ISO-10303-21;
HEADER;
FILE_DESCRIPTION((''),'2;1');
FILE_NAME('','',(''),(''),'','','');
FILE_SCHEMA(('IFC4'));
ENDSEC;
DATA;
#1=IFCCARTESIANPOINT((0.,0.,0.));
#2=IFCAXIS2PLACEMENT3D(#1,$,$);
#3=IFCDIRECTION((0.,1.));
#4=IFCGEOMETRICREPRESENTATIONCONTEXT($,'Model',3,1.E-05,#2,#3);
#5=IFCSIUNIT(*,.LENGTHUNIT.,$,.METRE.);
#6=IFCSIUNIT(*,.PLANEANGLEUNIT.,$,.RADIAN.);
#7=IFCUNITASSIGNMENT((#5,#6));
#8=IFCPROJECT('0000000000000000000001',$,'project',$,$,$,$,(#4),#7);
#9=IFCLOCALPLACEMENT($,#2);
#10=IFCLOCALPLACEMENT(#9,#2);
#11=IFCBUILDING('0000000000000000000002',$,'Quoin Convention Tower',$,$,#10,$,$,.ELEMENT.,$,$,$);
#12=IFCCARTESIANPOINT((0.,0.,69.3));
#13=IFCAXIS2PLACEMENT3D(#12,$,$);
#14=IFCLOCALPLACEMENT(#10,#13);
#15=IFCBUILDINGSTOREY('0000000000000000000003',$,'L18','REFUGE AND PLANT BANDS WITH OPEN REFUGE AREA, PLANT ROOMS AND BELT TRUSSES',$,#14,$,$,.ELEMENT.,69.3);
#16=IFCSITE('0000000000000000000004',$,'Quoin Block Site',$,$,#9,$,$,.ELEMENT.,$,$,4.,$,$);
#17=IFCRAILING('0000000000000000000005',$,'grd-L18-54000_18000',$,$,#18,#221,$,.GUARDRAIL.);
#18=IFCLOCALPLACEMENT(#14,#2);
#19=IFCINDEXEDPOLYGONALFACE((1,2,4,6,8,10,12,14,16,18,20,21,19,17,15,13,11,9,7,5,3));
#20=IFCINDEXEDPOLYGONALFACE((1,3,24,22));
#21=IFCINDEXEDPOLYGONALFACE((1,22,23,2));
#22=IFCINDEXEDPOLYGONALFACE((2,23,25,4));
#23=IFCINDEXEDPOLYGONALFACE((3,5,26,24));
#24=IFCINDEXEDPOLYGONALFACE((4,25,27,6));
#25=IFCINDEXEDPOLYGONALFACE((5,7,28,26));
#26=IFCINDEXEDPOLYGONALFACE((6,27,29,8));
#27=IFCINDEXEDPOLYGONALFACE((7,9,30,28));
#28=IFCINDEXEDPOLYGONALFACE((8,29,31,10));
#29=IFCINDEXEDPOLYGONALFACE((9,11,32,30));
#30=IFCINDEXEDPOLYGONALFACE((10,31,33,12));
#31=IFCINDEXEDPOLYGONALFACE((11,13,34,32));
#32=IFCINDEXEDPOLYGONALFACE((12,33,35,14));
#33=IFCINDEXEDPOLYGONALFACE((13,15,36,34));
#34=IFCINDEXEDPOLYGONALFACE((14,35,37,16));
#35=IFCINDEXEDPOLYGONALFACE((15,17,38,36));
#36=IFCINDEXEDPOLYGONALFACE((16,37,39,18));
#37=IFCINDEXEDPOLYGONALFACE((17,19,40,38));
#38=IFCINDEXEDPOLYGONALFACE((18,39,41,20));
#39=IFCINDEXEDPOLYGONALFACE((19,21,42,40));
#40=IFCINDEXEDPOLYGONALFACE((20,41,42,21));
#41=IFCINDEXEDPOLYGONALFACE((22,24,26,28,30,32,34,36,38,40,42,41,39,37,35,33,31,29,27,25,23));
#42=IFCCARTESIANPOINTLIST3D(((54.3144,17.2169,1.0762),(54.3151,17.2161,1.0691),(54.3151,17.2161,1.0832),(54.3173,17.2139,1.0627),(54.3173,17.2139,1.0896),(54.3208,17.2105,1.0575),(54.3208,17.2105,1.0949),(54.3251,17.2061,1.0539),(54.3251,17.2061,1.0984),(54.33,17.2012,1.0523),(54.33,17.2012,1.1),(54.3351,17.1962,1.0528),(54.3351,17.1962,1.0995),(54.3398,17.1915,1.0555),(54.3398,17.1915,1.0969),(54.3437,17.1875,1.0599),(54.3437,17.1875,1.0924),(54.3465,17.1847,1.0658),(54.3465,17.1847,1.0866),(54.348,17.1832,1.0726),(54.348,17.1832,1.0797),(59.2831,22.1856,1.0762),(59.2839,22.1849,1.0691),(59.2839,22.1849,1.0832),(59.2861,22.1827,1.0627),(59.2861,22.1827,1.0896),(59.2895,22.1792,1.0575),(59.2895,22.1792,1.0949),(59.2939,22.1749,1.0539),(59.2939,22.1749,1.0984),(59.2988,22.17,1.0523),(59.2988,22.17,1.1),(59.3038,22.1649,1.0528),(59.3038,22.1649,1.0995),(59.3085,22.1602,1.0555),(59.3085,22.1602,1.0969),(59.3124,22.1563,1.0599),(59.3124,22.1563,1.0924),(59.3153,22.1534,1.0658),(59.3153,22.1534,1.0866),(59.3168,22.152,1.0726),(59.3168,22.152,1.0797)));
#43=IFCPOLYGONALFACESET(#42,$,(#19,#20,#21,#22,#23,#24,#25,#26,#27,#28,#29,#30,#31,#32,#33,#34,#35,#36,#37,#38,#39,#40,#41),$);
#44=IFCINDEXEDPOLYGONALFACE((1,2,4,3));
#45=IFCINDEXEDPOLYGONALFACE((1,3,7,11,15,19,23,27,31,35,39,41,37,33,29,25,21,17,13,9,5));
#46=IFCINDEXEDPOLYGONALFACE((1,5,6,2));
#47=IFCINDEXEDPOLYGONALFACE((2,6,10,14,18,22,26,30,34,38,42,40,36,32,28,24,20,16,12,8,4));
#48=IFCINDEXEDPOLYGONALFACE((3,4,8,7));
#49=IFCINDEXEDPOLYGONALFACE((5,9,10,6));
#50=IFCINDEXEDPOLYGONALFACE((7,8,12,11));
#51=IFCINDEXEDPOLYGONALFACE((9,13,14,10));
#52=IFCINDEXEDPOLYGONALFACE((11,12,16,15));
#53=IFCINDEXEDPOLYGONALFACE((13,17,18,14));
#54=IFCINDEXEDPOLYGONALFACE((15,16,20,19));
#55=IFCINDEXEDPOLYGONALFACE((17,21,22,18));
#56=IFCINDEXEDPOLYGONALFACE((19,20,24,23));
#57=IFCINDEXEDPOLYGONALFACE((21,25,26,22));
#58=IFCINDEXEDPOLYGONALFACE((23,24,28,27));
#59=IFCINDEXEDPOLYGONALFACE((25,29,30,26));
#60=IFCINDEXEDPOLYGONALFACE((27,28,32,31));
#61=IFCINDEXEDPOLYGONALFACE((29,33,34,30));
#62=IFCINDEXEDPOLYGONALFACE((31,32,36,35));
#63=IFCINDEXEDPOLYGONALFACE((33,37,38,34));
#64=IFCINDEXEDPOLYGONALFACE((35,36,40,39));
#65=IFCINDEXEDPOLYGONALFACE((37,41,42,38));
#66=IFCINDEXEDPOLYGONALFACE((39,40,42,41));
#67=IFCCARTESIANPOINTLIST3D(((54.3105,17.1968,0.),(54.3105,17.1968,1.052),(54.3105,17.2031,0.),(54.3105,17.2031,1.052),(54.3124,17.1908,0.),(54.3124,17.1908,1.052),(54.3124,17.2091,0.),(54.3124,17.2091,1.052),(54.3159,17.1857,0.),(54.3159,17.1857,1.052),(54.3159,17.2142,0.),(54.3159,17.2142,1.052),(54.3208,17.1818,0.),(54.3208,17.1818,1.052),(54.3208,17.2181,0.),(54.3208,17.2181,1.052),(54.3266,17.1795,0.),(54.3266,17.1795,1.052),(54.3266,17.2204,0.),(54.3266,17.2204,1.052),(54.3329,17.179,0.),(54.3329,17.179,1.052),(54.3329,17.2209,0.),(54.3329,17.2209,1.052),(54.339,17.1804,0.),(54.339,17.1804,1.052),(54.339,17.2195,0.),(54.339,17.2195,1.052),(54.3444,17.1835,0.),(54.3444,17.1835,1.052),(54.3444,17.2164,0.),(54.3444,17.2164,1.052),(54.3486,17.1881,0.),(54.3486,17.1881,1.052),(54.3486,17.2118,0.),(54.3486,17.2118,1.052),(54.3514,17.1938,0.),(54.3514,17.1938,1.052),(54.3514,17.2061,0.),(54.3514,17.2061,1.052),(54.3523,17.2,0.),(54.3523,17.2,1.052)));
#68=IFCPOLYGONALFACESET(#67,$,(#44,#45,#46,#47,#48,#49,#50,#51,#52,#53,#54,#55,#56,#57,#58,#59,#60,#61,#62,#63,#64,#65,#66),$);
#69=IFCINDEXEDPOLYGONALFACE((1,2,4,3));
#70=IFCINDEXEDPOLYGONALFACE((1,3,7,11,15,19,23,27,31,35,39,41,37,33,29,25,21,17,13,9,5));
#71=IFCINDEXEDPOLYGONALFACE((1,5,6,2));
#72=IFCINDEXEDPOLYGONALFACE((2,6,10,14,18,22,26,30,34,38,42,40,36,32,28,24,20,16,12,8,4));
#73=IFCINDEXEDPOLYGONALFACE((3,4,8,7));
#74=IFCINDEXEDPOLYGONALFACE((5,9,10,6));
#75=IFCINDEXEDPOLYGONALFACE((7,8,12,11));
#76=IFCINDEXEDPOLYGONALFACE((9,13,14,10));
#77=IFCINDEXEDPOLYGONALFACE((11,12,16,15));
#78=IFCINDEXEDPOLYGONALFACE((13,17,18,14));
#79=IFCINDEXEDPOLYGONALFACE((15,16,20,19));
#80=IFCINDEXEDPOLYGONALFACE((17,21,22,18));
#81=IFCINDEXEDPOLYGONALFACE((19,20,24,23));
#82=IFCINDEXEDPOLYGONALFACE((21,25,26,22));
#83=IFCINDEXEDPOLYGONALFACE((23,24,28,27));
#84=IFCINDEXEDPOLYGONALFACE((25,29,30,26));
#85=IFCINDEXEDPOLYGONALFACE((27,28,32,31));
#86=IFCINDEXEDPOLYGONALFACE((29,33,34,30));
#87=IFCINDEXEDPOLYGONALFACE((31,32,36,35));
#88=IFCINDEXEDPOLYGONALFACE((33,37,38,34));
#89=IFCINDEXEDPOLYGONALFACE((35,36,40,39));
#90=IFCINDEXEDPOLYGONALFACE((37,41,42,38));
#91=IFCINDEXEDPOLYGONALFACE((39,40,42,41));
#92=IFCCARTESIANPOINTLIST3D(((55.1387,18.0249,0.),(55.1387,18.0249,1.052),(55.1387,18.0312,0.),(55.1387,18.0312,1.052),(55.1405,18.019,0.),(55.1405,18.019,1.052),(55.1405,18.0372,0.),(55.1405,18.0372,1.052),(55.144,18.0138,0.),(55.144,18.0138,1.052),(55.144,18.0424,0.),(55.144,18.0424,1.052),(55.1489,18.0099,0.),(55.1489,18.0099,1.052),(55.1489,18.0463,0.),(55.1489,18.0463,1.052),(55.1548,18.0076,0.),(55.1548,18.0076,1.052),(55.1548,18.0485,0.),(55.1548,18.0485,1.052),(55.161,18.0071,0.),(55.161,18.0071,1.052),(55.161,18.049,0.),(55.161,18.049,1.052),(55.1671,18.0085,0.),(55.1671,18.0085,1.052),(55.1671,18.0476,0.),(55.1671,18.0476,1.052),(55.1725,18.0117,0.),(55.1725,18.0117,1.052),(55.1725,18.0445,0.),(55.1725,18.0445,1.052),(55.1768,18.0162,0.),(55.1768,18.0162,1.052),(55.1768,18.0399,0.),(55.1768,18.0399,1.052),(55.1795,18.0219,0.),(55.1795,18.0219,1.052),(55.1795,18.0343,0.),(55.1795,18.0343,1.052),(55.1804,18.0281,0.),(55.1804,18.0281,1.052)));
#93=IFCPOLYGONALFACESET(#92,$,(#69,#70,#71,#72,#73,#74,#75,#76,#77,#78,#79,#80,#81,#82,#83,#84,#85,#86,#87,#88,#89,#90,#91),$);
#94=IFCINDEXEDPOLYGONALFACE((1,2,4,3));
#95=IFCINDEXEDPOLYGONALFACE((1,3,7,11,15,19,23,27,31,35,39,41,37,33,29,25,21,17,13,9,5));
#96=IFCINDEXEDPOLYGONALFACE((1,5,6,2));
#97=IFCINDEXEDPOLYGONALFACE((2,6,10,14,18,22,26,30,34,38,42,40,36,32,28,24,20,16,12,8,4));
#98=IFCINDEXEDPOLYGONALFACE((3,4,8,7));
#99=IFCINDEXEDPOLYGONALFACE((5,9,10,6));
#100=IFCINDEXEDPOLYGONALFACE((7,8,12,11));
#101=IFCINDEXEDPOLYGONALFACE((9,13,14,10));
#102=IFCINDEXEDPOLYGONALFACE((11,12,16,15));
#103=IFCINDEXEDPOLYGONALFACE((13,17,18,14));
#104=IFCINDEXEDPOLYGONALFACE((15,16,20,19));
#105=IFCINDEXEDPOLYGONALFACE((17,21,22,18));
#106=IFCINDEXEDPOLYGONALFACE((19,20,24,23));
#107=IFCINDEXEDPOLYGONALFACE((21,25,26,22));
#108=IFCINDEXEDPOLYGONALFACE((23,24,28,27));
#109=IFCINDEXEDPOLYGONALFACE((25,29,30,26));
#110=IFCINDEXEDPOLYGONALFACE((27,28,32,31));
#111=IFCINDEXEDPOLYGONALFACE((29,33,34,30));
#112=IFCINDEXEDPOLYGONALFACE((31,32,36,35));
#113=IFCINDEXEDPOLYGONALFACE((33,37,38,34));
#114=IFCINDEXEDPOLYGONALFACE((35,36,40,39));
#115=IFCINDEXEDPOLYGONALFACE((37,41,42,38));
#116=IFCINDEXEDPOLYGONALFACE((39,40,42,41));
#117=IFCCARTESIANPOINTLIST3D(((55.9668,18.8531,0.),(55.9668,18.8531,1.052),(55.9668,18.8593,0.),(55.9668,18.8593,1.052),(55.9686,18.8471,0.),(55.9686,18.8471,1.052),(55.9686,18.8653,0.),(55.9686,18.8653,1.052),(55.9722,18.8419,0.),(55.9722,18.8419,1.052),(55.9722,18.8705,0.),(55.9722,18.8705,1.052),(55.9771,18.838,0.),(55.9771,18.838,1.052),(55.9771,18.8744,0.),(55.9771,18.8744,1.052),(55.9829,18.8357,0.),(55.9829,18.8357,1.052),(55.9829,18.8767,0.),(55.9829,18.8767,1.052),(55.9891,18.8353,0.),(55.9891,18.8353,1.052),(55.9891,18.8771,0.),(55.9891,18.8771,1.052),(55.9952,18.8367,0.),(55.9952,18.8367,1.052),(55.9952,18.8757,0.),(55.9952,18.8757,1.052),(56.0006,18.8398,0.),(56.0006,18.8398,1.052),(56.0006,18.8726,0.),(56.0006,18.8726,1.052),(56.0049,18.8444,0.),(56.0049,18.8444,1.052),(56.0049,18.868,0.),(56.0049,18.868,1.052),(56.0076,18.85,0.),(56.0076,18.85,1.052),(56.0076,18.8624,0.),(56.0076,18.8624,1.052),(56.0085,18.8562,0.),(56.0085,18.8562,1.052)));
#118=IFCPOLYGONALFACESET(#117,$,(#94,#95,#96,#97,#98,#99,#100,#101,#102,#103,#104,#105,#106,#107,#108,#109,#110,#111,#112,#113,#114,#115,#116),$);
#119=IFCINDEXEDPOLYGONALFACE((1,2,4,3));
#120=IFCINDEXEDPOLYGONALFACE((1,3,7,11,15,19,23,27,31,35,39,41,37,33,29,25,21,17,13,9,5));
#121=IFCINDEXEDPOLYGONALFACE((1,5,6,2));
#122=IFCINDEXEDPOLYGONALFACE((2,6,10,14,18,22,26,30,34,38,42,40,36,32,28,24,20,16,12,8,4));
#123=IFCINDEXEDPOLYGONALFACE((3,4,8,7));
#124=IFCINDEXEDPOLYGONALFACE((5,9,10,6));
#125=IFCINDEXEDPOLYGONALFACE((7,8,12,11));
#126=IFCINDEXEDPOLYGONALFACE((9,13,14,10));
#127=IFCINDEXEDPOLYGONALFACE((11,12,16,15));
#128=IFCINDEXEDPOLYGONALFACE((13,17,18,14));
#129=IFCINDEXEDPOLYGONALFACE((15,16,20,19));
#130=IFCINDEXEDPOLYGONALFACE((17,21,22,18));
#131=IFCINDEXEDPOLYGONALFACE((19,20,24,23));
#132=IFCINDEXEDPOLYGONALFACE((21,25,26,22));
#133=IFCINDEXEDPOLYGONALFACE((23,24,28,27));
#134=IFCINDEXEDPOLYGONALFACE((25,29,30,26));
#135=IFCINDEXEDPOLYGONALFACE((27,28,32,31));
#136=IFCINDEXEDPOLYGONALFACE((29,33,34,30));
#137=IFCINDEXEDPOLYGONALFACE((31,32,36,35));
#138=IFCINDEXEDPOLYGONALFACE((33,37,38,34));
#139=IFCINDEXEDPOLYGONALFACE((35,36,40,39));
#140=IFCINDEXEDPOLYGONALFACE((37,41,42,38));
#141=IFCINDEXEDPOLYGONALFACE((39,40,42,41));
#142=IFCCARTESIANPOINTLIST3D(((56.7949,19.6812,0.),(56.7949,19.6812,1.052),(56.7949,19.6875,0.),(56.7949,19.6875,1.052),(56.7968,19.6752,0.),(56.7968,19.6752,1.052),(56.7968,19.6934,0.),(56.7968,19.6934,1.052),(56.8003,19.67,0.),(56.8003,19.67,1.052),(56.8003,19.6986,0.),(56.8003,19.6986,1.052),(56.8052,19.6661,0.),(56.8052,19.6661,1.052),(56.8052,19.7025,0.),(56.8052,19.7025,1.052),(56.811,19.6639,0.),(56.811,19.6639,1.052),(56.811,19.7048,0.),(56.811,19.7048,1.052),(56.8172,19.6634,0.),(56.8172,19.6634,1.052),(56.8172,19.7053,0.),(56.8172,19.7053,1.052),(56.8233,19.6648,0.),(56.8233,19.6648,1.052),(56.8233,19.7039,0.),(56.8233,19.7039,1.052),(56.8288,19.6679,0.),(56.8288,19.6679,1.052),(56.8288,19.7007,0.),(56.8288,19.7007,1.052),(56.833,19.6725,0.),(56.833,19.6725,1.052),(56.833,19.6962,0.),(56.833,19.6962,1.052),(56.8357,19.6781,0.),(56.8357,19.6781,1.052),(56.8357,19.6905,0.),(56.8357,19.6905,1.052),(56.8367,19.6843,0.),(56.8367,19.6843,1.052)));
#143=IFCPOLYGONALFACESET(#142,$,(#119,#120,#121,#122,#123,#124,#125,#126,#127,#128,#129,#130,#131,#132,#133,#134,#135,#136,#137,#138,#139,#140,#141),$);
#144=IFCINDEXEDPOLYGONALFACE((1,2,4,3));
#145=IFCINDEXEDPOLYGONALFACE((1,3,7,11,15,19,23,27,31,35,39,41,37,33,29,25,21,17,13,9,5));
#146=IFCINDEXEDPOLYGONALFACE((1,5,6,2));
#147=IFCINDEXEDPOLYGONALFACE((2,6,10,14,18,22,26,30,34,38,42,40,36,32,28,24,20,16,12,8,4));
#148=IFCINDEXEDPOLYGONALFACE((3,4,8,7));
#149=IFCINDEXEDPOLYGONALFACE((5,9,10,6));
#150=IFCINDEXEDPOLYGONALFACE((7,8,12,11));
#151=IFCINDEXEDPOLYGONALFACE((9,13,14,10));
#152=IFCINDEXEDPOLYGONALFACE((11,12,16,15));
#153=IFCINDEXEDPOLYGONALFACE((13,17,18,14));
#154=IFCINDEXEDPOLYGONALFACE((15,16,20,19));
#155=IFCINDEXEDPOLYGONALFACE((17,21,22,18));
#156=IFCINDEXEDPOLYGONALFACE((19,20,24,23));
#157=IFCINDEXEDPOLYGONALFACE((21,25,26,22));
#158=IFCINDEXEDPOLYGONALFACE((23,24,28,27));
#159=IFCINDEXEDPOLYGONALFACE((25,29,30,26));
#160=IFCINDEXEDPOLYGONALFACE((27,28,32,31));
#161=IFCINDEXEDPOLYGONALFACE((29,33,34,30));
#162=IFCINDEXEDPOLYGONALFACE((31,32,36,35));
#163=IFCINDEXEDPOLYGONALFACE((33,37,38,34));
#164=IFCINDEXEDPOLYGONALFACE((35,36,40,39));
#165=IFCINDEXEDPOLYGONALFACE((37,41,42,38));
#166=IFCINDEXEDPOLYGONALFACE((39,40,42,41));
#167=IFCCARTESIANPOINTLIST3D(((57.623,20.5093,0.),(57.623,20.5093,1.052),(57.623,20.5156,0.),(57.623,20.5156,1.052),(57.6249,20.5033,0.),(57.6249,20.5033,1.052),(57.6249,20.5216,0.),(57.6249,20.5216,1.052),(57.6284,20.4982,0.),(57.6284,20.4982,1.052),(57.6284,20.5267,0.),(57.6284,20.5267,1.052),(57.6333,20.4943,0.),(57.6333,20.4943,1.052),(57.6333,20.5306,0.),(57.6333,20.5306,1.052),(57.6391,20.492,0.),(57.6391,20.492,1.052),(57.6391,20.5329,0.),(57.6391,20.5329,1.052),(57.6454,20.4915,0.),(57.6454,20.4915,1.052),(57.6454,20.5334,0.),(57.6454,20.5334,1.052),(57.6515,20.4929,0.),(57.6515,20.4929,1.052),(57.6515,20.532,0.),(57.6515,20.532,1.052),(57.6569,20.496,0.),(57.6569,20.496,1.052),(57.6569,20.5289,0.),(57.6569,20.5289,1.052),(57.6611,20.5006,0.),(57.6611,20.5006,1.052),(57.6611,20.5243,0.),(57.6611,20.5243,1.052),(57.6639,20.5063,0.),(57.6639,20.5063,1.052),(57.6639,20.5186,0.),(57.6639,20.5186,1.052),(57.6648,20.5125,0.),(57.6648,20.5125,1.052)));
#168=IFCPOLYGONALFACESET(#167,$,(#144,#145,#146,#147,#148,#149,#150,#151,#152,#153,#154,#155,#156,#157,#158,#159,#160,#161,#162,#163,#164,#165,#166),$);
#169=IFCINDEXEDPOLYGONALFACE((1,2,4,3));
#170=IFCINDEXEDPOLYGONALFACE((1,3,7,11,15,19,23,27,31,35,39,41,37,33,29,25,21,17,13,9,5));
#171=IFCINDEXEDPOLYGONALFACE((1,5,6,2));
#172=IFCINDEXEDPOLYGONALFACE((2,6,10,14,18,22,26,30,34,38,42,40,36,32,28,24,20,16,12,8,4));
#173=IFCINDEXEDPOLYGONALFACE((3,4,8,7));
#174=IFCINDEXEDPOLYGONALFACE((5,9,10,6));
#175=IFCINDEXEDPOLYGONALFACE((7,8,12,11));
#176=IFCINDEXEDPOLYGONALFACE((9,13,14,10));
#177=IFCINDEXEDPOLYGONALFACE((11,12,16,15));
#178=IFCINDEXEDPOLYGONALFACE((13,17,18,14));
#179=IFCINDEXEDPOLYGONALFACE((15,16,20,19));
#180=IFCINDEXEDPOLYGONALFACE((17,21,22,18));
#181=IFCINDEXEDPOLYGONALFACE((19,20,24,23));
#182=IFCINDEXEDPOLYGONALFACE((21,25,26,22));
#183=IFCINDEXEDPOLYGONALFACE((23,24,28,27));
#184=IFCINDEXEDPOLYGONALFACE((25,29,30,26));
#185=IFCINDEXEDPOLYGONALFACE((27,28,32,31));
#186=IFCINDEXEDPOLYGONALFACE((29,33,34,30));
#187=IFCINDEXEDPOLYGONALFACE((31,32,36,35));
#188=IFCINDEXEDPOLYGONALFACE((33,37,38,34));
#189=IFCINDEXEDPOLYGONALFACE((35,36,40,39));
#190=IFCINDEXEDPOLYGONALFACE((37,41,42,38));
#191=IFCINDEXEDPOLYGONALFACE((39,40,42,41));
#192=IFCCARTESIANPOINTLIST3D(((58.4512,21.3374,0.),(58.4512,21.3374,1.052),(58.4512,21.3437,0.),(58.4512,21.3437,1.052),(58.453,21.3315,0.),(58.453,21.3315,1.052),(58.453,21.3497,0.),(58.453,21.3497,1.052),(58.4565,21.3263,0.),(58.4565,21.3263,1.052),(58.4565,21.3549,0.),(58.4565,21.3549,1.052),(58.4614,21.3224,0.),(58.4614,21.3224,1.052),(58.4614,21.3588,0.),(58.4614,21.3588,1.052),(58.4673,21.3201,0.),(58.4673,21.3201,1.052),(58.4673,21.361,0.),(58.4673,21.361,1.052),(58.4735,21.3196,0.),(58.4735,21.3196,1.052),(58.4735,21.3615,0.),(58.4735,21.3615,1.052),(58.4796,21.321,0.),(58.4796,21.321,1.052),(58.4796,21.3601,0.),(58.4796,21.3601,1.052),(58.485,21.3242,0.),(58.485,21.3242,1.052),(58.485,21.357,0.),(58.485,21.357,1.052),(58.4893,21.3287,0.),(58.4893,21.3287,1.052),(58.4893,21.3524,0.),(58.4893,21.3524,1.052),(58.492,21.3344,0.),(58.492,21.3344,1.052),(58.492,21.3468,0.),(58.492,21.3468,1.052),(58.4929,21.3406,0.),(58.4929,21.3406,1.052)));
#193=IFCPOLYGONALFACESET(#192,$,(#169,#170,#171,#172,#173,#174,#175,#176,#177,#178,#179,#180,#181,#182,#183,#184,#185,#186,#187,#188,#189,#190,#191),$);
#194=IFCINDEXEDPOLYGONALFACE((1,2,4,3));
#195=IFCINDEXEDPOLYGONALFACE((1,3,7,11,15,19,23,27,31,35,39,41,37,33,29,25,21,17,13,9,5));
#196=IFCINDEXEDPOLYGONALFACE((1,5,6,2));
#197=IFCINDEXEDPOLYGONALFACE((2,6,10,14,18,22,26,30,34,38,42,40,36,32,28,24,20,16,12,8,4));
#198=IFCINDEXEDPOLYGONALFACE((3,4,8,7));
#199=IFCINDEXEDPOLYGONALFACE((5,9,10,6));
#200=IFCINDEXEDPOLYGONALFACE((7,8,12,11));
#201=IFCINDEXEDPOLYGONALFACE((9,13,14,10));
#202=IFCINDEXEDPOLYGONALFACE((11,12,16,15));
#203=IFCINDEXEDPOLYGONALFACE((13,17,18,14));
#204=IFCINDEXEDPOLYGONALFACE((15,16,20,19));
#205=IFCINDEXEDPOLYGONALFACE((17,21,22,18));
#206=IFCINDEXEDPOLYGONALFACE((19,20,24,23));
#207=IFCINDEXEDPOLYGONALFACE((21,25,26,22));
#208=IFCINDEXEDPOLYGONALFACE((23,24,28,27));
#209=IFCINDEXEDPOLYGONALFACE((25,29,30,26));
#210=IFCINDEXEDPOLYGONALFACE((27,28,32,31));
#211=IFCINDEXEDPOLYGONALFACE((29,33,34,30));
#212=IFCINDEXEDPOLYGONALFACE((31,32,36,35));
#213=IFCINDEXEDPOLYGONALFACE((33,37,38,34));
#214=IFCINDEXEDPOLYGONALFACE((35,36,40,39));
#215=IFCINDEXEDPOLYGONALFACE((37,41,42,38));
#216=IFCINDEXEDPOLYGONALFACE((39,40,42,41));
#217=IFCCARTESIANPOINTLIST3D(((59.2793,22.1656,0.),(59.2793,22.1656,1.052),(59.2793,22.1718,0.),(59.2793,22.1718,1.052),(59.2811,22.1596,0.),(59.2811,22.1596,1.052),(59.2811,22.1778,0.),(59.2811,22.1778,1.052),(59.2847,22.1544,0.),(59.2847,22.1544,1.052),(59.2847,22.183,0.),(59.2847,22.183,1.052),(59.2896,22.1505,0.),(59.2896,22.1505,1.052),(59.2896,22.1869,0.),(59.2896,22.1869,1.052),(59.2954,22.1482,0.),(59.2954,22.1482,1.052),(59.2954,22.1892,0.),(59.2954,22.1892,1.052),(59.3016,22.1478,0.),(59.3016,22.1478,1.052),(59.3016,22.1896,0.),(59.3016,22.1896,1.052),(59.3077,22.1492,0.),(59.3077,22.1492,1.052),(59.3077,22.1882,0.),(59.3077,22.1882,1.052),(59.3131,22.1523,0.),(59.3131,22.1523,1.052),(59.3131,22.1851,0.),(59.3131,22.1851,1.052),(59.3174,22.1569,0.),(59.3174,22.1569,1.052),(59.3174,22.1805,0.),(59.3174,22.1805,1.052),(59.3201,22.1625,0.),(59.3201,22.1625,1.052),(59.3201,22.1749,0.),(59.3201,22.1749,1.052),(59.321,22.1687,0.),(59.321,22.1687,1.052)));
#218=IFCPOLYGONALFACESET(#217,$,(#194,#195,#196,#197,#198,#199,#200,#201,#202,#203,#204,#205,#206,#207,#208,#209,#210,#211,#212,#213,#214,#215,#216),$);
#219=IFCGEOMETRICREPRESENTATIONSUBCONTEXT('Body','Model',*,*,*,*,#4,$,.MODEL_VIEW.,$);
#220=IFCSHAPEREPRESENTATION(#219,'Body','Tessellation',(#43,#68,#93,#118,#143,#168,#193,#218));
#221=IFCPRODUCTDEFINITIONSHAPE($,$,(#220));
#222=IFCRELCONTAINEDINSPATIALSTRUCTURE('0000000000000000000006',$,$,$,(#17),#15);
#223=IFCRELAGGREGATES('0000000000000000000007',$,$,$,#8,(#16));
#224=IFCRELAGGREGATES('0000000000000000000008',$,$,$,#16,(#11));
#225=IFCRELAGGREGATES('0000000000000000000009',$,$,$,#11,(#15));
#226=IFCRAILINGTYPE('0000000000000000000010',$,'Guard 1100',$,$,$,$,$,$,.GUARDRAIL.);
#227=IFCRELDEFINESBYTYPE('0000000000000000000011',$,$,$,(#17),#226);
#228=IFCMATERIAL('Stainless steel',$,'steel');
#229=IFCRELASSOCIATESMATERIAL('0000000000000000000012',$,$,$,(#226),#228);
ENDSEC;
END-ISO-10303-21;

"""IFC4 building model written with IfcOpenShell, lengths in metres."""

from ifc_helpers import new_model, si_unit, direction, frame, origin, origin_2d, place, context, subcontext, project, spatial, circle, extrude, material, type_object, element, save


model = new_model("IFC4")

# Units and contexts
model_context = context("Model", 3, precision=1e-05, world=origin(), true_north=direction((0.0, 1.0)))
body_context = subcontext(model_context, "Body", "Model", "MODEL_VIEW")
ifc_project = project(units=[si_unit("LENGTHUNIT", "METRE"), si_unit("PLANEANGLEUNIT", "RADIAN")], contexts=[model_context])

# Site, building, storey
site_placement = place(None, origin())
site = spatial("IfcSite", under=ifc_project, at=site_placement, Name="Quoin Block Site", CompositionType="ELEMENT", RefElevation=4.0)
building_placement = place(site_placement, origin())
building = spatial("IfcBuilding", under=site, at=building_placement, Name="Quoin Convention Tower", CompositionType="ELEMENT")
storey_placement = place(building_placement, frame((0.0, 0.0, 69.3)))
storey = spatial("IfcBuildingStorey", under=building, at=storey_placement, Name="L18", Description="REFUGE AND PLANT BANDS WITH OPEN REFUGE AREA, PLANT ROOMS AND BELT TRUSSES", CompositionType="ELEMENT", Elevation=69.3)

# Railing
ifc_material_1 = material(Name="Stainless steel", Category="steel")
railing_type = type_object("IfcRailingType", Name="Guard 1100", PredefinedType="GUARDRAIL", material=ifc_material_1)
railing_1_placement = place(storey_placement, frame((54.3313, 17.2, 0.0)))
element("IfcRailing", 1, at=railing_1_placement, inside=storey, type_object=railing_type, Name="grd-L18-54000_18000", PredefinedType="GUARDRAIL", context=body_context, shape_type="SweptSolid", body=[
    extrude(circle(Radius=0.0239, at=origin_2d()), frame((0.0, 0.0, 1.0762), z_axis=(0.707107, 0.707107, 0.0), x_axis=(-0.707107, 0.707107, 0.0)), (0.0, 0.0, 1.0), 7.0269),
    extrude(circle(Radius=0.021, at=origin_2d()), origin(), (0.0, 0.0, 1.0), 1.052),
    extrude(circle(Radius=0.021, at=origin_2d()), frame((0.8281, 0.8281, 0.0)), (0.0, 0.0, 1.0), 1.052),
    extrude(circle(Radius=0.021, at=origin_2d()), frame((1.6562, 1.6562, 0.0)), (0.0, 0.0, 1.0), 1.052),
    extrude(circle(Radius=0.021, at=origin_2d()), frame((2.4844, 2.4844, 0.0)), (0.0, 0.0, 1.0), 1.052),
    extrude(circle(Radius=0.021, at=origin_2d()), frame((3.3125, 3.3125, 0.0)), (0.0, 0.0, 1.0), 1.052),
    extrude(circle(Radius=0.021, at=origin_2d()), frame((4.1406, 4.1406, 0.0)), (0.0, 0.0, 1.0), 1.052),
    extrude(circle(Radius=0.021, at=origin_2d()), frame((4.9688, 4.9688, 0.0)), (0.0, 0.0, 1.0), 1.052),
])

save(model, "model.ifc")
